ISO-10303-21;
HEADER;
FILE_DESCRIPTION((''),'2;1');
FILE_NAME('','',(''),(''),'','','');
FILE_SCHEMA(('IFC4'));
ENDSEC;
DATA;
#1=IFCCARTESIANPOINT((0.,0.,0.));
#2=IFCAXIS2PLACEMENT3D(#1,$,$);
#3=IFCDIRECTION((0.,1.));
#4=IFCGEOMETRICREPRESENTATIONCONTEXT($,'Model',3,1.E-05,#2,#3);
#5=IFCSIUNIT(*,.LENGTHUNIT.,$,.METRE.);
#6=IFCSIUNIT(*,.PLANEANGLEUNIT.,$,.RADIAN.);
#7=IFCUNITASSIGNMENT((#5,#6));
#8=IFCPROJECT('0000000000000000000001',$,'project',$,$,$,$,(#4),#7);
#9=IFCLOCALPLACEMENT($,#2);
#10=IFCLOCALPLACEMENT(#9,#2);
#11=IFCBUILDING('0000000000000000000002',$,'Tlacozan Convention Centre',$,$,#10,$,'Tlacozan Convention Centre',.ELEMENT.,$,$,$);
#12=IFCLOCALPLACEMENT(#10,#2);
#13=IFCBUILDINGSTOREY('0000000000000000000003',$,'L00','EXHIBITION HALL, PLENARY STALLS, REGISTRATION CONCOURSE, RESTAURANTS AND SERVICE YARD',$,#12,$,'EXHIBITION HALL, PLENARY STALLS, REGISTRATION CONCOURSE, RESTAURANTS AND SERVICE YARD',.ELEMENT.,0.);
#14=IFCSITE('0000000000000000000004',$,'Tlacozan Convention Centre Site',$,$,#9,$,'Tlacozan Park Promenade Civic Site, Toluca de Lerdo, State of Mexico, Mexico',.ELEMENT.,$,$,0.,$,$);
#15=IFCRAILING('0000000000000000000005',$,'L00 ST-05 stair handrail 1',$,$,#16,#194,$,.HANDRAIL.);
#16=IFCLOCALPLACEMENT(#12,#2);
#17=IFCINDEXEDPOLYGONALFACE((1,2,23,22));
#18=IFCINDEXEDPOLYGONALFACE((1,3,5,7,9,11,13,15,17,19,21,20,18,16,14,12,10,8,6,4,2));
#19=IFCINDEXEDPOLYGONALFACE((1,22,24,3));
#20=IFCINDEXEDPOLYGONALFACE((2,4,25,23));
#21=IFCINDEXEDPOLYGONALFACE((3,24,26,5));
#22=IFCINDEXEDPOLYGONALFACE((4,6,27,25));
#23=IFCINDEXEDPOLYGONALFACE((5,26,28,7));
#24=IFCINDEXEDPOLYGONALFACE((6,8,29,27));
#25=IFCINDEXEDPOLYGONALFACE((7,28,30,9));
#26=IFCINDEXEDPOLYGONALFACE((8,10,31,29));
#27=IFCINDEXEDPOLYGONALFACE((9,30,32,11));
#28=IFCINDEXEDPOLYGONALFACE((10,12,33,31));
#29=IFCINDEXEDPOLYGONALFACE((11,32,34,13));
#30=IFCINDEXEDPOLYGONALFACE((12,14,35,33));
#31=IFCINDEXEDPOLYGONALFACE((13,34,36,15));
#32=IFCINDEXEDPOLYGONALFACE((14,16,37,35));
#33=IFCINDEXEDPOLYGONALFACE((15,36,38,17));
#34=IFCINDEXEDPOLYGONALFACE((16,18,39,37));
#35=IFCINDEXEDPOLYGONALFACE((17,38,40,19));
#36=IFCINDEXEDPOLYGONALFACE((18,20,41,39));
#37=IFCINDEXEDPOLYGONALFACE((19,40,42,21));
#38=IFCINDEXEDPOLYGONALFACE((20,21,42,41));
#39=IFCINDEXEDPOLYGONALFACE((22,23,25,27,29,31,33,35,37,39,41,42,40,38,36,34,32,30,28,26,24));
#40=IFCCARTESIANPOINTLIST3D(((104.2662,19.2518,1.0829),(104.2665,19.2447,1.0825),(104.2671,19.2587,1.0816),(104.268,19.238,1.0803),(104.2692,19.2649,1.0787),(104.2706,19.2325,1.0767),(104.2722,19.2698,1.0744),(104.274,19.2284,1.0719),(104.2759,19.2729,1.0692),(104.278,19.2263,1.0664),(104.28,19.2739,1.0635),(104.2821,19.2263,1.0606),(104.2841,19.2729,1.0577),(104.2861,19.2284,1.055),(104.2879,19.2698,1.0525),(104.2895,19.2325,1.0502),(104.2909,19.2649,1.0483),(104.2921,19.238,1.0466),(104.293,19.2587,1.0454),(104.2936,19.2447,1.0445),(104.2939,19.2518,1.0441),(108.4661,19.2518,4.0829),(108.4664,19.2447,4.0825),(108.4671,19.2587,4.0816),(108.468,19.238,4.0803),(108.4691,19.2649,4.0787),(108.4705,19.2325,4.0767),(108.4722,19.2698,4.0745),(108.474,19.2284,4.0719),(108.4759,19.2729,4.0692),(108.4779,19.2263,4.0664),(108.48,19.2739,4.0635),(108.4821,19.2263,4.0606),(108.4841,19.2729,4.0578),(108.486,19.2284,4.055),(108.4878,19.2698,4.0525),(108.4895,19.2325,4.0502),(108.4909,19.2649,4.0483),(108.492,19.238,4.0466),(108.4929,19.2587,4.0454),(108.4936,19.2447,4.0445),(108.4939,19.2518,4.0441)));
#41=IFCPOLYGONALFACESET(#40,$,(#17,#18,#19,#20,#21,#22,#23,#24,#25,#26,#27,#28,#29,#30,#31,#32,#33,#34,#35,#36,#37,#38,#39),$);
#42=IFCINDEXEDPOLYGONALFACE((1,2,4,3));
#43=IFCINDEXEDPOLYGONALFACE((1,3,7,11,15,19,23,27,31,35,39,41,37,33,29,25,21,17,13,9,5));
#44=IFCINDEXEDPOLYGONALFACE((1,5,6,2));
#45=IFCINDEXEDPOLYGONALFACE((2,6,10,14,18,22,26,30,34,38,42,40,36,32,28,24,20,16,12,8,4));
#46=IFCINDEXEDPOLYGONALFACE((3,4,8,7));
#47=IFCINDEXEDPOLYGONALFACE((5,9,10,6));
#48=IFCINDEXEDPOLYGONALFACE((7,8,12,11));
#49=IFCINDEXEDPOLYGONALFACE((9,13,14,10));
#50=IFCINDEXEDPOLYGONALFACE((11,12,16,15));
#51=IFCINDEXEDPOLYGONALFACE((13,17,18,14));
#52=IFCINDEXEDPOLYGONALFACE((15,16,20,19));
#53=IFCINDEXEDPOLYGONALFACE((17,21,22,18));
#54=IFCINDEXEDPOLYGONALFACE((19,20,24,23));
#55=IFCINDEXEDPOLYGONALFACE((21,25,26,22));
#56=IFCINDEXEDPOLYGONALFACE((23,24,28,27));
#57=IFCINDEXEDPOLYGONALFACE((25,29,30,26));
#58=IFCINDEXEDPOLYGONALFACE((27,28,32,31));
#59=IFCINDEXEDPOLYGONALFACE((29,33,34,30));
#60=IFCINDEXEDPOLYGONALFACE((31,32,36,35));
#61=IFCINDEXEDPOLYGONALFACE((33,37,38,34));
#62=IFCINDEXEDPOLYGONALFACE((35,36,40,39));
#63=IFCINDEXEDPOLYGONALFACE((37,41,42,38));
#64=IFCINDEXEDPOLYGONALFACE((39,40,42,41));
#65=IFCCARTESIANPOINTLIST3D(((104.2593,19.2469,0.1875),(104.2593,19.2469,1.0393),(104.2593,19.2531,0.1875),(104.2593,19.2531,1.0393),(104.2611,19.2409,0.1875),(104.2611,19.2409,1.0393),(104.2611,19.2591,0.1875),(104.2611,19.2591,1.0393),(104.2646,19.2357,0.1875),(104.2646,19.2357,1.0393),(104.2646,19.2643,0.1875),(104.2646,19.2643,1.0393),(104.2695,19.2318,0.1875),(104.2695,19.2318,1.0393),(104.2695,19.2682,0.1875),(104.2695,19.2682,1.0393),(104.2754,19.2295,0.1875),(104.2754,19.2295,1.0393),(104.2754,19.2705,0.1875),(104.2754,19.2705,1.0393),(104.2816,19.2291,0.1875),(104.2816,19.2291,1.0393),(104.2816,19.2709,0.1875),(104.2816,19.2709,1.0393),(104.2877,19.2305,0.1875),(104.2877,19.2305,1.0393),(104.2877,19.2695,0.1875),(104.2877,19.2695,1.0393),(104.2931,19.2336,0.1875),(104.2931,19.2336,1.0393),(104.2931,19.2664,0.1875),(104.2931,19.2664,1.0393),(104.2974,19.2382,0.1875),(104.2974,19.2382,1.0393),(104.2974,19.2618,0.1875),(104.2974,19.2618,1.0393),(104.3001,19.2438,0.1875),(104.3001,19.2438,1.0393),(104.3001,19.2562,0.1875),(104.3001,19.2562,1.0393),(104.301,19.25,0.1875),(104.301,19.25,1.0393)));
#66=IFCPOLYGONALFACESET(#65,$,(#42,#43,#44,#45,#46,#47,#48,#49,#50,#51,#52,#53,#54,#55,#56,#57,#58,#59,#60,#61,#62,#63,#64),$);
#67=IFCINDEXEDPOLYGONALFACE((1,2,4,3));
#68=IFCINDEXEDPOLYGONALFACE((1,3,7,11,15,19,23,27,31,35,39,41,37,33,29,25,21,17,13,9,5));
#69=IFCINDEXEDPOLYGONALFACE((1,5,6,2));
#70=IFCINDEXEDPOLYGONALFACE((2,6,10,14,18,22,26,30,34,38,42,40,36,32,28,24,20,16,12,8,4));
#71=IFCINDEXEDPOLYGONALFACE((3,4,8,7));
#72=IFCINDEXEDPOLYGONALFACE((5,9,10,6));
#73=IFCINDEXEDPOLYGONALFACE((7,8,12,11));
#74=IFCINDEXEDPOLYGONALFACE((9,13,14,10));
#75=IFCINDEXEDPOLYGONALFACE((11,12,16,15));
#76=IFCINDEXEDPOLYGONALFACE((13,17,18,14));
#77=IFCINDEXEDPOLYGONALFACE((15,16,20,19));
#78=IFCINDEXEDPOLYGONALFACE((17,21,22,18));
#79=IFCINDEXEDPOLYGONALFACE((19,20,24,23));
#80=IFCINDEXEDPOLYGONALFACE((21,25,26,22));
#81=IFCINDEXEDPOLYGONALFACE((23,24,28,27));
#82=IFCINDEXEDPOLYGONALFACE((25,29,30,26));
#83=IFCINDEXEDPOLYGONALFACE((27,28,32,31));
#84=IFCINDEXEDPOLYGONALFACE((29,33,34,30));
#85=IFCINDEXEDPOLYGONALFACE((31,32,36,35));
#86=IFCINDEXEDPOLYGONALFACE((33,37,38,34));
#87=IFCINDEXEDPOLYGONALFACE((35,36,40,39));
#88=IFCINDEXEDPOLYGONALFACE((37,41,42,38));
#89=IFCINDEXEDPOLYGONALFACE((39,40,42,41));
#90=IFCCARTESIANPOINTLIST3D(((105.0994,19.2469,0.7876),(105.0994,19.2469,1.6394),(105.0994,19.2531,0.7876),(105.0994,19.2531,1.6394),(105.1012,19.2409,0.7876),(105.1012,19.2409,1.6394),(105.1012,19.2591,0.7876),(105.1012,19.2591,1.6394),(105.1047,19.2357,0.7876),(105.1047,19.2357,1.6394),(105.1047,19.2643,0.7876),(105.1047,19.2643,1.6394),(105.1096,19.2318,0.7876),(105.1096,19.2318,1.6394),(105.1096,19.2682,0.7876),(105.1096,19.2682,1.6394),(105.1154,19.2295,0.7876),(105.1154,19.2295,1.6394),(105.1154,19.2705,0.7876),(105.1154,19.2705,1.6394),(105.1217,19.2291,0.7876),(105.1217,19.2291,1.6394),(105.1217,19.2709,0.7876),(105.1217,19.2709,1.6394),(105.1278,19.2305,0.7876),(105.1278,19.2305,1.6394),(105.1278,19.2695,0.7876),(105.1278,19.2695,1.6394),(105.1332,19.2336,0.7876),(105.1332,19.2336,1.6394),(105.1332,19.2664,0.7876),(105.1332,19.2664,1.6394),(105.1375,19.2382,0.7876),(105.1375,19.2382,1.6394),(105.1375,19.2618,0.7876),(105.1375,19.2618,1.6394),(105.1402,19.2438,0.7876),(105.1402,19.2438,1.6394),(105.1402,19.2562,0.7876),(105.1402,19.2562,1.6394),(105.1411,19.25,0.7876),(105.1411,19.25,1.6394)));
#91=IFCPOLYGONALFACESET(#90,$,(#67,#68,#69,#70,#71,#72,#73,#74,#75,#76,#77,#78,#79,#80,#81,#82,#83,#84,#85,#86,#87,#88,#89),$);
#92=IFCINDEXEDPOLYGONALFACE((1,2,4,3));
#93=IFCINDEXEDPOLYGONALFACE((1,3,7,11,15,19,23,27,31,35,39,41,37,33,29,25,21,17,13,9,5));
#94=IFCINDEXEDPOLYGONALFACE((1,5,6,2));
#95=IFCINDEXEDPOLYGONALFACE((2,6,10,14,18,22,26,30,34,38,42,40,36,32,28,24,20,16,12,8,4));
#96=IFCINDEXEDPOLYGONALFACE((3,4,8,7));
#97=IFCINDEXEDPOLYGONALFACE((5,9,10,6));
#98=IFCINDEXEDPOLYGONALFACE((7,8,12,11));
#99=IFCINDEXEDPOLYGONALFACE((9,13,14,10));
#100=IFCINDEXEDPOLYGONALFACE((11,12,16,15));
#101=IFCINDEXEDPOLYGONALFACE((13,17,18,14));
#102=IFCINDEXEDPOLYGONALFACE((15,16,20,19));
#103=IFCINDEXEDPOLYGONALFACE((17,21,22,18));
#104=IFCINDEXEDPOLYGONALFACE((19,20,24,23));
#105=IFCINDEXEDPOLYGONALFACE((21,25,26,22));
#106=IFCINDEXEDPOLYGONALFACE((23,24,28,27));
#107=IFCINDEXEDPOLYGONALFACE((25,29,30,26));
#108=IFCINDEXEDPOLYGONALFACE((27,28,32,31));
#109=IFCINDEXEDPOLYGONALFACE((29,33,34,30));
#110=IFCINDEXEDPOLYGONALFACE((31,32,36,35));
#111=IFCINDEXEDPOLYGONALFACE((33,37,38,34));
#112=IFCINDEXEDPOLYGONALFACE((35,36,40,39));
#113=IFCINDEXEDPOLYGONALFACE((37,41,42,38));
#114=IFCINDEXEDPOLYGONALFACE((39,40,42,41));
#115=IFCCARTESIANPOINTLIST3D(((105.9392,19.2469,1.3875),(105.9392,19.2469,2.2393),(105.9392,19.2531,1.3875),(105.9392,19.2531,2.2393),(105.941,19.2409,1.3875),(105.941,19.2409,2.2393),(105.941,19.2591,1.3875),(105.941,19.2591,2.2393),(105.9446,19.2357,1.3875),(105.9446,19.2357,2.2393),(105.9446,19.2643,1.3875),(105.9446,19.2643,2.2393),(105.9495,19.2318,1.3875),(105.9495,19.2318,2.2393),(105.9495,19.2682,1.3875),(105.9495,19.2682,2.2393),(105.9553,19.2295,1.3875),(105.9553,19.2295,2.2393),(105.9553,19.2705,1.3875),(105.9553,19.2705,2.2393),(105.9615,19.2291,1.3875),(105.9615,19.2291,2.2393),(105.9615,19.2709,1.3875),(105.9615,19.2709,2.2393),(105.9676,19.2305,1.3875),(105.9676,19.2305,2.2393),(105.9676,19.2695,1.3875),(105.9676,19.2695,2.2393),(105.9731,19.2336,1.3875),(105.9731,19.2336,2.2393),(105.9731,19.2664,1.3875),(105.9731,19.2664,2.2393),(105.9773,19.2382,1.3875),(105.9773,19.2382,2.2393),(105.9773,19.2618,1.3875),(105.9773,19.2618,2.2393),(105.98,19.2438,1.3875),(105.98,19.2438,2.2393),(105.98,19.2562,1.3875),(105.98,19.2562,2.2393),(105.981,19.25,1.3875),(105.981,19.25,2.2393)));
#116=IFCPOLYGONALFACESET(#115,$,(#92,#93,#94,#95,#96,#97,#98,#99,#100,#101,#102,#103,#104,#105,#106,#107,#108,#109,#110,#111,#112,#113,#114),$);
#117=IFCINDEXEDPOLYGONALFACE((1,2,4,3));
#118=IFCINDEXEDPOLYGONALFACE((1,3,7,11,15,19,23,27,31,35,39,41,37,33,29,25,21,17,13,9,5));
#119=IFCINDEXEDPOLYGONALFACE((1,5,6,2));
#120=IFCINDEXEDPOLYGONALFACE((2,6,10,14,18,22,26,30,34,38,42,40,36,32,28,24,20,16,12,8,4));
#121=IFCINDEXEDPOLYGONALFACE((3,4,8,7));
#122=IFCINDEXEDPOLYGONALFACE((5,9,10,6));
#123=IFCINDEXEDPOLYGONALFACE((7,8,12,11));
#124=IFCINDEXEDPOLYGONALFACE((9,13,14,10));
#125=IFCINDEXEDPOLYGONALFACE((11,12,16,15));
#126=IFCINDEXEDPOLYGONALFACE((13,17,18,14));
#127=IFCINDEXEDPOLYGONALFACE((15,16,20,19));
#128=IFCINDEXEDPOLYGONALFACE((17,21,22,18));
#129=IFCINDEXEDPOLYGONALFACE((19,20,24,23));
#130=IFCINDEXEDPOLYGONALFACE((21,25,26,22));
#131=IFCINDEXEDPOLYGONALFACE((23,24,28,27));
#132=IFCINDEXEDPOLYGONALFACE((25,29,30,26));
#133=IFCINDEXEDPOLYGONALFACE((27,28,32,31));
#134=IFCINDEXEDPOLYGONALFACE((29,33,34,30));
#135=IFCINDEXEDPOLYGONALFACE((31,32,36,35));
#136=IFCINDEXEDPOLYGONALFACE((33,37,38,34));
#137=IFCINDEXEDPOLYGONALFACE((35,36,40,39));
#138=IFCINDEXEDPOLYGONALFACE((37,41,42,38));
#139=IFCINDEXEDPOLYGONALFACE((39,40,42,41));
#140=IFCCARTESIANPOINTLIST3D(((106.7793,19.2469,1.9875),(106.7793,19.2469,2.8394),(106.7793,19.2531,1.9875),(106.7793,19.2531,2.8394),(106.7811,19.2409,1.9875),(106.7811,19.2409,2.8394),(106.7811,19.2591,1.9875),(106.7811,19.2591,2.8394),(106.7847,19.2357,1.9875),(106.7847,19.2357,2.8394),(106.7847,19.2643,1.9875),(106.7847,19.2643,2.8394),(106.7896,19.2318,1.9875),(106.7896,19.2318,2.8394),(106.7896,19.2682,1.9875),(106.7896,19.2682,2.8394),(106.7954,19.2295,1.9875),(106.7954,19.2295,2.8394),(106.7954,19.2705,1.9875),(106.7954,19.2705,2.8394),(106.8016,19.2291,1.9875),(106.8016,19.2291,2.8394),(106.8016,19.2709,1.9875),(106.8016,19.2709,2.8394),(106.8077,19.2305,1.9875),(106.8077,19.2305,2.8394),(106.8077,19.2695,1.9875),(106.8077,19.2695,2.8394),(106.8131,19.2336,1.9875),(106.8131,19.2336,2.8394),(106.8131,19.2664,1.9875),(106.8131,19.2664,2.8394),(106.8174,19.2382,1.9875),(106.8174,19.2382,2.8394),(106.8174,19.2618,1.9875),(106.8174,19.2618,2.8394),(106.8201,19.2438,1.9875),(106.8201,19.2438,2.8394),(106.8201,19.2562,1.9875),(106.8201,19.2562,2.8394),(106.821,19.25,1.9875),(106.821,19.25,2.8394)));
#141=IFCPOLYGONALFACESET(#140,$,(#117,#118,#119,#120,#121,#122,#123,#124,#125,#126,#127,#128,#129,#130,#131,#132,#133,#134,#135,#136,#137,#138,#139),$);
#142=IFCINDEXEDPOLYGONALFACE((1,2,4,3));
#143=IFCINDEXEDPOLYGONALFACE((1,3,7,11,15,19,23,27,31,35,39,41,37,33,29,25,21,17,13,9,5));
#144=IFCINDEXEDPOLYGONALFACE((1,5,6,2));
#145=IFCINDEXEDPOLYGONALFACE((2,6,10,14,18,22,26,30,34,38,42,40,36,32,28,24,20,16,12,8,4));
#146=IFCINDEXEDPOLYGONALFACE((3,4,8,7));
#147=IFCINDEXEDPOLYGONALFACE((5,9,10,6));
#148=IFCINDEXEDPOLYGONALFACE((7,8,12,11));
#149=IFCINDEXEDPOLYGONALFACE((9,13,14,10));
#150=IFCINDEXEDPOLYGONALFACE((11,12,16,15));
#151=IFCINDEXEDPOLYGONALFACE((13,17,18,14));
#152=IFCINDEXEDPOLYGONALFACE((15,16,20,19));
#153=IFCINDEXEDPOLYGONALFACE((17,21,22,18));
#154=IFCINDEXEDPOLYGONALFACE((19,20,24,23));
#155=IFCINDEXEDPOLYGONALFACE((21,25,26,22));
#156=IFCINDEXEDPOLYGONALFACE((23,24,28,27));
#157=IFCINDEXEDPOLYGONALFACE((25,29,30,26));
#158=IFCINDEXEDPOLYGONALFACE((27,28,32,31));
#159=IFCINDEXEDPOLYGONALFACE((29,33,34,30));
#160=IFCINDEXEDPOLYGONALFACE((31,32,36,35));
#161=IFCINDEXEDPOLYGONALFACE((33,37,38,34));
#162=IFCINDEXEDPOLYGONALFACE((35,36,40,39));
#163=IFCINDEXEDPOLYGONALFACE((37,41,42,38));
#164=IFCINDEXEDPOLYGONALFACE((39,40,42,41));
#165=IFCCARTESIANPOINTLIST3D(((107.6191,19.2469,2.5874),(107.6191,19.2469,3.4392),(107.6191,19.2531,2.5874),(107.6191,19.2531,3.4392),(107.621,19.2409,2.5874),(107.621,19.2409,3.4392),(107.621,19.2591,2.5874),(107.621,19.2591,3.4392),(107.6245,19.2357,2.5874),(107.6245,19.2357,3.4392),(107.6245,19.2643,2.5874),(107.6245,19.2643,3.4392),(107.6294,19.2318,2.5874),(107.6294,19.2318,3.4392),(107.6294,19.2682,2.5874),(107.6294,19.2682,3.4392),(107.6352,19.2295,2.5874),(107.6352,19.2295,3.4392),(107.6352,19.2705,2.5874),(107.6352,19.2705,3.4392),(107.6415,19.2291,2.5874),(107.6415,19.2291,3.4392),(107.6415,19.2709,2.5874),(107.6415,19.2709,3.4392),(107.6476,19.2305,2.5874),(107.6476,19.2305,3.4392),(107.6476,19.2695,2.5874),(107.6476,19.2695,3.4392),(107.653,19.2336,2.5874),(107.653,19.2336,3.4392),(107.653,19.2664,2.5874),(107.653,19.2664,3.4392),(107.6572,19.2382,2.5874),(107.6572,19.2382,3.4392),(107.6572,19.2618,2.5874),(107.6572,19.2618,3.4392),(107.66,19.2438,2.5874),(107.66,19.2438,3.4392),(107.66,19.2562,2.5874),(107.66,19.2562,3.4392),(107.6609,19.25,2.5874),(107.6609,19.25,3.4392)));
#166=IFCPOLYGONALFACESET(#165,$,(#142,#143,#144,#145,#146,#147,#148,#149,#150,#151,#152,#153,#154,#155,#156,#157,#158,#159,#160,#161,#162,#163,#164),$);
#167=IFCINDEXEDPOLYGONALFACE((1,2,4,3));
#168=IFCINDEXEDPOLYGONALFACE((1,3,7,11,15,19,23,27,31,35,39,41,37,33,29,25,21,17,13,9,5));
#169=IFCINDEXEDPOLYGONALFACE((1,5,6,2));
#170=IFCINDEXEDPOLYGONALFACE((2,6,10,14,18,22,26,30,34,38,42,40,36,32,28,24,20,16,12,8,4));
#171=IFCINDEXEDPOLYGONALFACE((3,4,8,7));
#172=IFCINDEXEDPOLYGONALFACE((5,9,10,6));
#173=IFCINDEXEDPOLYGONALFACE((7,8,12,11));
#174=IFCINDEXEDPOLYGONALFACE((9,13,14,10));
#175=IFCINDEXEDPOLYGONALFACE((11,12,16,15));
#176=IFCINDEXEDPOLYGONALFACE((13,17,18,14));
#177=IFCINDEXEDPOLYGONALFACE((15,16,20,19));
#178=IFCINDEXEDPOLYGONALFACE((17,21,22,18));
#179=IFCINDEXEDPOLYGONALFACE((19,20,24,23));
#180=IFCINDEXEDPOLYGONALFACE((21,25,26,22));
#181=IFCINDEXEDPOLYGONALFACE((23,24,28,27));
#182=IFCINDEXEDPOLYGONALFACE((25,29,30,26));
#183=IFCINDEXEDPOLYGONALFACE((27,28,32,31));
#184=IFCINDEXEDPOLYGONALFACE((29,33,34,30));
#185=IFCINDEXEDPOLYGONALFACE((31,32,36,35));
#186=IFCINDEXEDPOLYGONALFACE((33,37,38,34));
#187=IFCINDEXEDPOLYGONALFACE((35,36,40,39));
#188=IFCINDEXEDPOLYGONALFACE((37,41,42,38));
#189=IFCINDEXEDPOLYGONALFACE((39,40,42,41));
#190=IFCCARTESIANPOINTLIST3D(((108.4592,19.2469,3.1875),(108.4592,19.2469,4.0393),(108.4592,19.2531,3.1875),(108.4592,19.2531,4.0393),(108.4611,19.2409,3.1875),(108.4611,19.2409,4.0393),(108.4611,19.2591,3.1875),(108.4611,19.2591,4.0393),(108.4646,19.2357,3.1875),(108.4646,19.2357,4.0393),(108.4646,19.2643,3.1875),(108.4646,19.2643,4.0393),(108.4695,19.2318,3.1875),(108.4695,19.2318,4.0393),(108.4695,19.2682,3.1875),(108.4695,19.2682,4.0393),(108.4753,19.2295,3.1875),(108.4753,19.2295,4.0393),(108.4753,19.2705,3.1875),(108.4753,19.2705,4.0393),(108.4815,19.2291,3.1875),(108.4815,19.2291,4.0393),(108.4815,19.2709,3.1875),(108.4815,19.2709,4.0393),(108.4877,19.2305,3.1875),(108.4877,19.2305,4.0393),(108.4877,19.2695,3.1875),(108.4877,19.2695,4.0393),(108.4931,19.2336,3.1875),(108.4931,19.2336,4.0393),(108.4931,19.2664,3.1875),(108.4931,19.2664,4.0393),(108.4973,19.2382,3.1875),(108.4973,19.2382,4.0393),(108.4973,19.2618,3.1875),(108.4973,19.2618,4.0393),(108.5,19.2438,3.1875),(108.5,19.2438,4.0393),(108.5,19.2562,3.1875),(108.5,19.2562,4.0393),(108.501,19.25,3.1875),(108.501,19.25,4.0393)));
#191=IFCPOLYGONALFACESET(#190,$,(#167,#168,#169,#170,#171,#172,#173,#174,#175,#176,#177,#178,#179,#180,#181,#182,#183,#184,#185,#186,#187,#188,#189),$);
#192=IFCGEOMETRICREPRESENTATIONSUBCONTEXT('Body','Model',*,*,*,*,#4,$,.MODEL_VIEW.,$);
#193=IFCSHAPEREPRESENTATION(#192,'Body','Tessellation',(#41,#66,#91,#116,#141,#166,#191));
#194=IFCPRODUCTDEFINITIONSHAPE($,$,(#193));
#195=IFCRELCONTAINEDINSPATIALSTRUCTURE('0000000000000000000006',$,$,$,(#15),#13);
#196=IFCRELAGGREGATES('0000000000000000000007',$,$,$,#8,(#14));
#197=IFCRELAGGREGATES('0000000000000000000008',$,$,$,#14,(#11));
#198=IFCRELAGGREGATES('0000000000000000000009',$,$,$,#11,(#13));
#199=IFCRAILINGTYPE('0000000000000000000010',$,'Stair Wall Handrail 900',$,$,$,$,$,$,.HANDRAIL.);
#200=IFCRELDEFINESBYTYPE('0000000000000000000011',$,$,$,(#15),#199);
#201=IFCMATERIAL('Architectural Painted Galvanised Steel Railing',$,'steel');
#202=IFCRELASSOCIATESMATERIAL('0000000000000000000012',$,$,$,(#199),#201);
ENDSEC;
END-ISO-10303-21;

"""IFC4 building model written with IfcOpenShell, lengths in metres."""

from ifc_helpers import new_model, si_unit, direction, frame, origin, origin_2d, place, context, subcontext, project, spatial, circle, extrude, material, type_object, element, save


model = new_model("IFC4")

# Units and contexts
model_context = context("Model", 3, precision=1e-05, world=origin(), true_north=direction((0.0, 1.0)))
body_context = subcontext(model_context, "Body", "Model", "MODEL_VIEW")
ifc_project = project(units=[si_unit("LENGTHUNIT", "METRE"), si_unit("PLANEANGLEUNIT", "RADIAN")], contexts=[model_context])

# Site, building, storey
site_placement = place(None, origin())
site = spatial("IfcSite", under=ifc_project, at=site_placement, Name="Tlacozan Convention Centre Site", LongName="Tlacozan Park Promenade Civic Site, Toluca de Lerdo, State of Mexico, Mexico", CompositionType="ELEMENT", RefElevation=0.0)
building_placement = place(site_placement, origin())
building = spatial("IfcBuilding", under=site, at=building_placement, Name="Tlacozan Convention Centre", LongName="Tlacozan Convention Centre", CompositionType="ELEMENT")
storey_placement = place(building_placement, origin())
storey = spatial("IfcBuildingStorey", under=building, at=storey_placement, Name="L00", Description="EXHIBITION HALL, PLENARY STALLS, REGISTRATION CONCOURSE, RESTAURANTS AND SERVICE YARD", LongName="EXHIBITION HALL, PLENARY STALLS, REGISTRATION CONCOURSE, RESTAURANTS AND SERVICE YARD", CompositionType="ELEMENT", Elevation=0.0)

# Railing
ifc_material_1 = material(Name="Architectural Painted Galvanised Steel Railing", Category="steel")
railing_type_1 = type_object("IfcRailingType", Name="Stair Wall Handrail 900", PredefinedType="HANDRAIL", material=ifc_material_1)
railing_1_placement = place(storey_placement, frame((104.28, 19.25, 0.1875)))
element("IfcRailing", 1, at=railing_1_placement, inside=storey, type_object=railing_type_1, Name="L00 ST-05 stair handrail 1", PredefinedType="HANDRAIL", context=body_context, shape_type="SweptSolid", body=[
    extrude(circle(Radius=0.0239, at=origin_2d()), frame((0.0, 0.0, 0.876), z_axis=(0.81373, 0.0, 0.581243), x_axis=(0.0, 1.0, 0.0)), (0.0, 0.0, 1.0), 5.1614),
    extrude(circle(Radius=0.021, at=origin_2d()), origin(), (0.0, 0.0, 1.0), 0.8518),
    extrude(circle(Radius=0.021, at=origin_2d()), frame((0.8401, 0.0, 0.6001)), (0.0, 0.0, 1.0), 0.8518),
    extrude(circle(Radius=0.021, at=origin_2d()), frame((1.6799, 0.0, 1.2)), (0.0, 0.0, 1.0), 0.8518),
    extrude(circle(Radius=0.021, at=origin_2d()), frame((2.52, 0.0, 1.8)), (0.0, 0.0, 1.0), 0.8518),
    extrude(circle(Radius=0.021, at=origin_2d()), frame((3.3599, 0.0, 2.3999)), (0.0, 0.0, 1.0), 0.8518),
    extrude(circle(Radius=0.021, at=origin_2d()), frame((4.2, 0.0, 3.0)), (0.0, 0.0, 1.0), 0.8518),
])

save(model, "model.ifc")
